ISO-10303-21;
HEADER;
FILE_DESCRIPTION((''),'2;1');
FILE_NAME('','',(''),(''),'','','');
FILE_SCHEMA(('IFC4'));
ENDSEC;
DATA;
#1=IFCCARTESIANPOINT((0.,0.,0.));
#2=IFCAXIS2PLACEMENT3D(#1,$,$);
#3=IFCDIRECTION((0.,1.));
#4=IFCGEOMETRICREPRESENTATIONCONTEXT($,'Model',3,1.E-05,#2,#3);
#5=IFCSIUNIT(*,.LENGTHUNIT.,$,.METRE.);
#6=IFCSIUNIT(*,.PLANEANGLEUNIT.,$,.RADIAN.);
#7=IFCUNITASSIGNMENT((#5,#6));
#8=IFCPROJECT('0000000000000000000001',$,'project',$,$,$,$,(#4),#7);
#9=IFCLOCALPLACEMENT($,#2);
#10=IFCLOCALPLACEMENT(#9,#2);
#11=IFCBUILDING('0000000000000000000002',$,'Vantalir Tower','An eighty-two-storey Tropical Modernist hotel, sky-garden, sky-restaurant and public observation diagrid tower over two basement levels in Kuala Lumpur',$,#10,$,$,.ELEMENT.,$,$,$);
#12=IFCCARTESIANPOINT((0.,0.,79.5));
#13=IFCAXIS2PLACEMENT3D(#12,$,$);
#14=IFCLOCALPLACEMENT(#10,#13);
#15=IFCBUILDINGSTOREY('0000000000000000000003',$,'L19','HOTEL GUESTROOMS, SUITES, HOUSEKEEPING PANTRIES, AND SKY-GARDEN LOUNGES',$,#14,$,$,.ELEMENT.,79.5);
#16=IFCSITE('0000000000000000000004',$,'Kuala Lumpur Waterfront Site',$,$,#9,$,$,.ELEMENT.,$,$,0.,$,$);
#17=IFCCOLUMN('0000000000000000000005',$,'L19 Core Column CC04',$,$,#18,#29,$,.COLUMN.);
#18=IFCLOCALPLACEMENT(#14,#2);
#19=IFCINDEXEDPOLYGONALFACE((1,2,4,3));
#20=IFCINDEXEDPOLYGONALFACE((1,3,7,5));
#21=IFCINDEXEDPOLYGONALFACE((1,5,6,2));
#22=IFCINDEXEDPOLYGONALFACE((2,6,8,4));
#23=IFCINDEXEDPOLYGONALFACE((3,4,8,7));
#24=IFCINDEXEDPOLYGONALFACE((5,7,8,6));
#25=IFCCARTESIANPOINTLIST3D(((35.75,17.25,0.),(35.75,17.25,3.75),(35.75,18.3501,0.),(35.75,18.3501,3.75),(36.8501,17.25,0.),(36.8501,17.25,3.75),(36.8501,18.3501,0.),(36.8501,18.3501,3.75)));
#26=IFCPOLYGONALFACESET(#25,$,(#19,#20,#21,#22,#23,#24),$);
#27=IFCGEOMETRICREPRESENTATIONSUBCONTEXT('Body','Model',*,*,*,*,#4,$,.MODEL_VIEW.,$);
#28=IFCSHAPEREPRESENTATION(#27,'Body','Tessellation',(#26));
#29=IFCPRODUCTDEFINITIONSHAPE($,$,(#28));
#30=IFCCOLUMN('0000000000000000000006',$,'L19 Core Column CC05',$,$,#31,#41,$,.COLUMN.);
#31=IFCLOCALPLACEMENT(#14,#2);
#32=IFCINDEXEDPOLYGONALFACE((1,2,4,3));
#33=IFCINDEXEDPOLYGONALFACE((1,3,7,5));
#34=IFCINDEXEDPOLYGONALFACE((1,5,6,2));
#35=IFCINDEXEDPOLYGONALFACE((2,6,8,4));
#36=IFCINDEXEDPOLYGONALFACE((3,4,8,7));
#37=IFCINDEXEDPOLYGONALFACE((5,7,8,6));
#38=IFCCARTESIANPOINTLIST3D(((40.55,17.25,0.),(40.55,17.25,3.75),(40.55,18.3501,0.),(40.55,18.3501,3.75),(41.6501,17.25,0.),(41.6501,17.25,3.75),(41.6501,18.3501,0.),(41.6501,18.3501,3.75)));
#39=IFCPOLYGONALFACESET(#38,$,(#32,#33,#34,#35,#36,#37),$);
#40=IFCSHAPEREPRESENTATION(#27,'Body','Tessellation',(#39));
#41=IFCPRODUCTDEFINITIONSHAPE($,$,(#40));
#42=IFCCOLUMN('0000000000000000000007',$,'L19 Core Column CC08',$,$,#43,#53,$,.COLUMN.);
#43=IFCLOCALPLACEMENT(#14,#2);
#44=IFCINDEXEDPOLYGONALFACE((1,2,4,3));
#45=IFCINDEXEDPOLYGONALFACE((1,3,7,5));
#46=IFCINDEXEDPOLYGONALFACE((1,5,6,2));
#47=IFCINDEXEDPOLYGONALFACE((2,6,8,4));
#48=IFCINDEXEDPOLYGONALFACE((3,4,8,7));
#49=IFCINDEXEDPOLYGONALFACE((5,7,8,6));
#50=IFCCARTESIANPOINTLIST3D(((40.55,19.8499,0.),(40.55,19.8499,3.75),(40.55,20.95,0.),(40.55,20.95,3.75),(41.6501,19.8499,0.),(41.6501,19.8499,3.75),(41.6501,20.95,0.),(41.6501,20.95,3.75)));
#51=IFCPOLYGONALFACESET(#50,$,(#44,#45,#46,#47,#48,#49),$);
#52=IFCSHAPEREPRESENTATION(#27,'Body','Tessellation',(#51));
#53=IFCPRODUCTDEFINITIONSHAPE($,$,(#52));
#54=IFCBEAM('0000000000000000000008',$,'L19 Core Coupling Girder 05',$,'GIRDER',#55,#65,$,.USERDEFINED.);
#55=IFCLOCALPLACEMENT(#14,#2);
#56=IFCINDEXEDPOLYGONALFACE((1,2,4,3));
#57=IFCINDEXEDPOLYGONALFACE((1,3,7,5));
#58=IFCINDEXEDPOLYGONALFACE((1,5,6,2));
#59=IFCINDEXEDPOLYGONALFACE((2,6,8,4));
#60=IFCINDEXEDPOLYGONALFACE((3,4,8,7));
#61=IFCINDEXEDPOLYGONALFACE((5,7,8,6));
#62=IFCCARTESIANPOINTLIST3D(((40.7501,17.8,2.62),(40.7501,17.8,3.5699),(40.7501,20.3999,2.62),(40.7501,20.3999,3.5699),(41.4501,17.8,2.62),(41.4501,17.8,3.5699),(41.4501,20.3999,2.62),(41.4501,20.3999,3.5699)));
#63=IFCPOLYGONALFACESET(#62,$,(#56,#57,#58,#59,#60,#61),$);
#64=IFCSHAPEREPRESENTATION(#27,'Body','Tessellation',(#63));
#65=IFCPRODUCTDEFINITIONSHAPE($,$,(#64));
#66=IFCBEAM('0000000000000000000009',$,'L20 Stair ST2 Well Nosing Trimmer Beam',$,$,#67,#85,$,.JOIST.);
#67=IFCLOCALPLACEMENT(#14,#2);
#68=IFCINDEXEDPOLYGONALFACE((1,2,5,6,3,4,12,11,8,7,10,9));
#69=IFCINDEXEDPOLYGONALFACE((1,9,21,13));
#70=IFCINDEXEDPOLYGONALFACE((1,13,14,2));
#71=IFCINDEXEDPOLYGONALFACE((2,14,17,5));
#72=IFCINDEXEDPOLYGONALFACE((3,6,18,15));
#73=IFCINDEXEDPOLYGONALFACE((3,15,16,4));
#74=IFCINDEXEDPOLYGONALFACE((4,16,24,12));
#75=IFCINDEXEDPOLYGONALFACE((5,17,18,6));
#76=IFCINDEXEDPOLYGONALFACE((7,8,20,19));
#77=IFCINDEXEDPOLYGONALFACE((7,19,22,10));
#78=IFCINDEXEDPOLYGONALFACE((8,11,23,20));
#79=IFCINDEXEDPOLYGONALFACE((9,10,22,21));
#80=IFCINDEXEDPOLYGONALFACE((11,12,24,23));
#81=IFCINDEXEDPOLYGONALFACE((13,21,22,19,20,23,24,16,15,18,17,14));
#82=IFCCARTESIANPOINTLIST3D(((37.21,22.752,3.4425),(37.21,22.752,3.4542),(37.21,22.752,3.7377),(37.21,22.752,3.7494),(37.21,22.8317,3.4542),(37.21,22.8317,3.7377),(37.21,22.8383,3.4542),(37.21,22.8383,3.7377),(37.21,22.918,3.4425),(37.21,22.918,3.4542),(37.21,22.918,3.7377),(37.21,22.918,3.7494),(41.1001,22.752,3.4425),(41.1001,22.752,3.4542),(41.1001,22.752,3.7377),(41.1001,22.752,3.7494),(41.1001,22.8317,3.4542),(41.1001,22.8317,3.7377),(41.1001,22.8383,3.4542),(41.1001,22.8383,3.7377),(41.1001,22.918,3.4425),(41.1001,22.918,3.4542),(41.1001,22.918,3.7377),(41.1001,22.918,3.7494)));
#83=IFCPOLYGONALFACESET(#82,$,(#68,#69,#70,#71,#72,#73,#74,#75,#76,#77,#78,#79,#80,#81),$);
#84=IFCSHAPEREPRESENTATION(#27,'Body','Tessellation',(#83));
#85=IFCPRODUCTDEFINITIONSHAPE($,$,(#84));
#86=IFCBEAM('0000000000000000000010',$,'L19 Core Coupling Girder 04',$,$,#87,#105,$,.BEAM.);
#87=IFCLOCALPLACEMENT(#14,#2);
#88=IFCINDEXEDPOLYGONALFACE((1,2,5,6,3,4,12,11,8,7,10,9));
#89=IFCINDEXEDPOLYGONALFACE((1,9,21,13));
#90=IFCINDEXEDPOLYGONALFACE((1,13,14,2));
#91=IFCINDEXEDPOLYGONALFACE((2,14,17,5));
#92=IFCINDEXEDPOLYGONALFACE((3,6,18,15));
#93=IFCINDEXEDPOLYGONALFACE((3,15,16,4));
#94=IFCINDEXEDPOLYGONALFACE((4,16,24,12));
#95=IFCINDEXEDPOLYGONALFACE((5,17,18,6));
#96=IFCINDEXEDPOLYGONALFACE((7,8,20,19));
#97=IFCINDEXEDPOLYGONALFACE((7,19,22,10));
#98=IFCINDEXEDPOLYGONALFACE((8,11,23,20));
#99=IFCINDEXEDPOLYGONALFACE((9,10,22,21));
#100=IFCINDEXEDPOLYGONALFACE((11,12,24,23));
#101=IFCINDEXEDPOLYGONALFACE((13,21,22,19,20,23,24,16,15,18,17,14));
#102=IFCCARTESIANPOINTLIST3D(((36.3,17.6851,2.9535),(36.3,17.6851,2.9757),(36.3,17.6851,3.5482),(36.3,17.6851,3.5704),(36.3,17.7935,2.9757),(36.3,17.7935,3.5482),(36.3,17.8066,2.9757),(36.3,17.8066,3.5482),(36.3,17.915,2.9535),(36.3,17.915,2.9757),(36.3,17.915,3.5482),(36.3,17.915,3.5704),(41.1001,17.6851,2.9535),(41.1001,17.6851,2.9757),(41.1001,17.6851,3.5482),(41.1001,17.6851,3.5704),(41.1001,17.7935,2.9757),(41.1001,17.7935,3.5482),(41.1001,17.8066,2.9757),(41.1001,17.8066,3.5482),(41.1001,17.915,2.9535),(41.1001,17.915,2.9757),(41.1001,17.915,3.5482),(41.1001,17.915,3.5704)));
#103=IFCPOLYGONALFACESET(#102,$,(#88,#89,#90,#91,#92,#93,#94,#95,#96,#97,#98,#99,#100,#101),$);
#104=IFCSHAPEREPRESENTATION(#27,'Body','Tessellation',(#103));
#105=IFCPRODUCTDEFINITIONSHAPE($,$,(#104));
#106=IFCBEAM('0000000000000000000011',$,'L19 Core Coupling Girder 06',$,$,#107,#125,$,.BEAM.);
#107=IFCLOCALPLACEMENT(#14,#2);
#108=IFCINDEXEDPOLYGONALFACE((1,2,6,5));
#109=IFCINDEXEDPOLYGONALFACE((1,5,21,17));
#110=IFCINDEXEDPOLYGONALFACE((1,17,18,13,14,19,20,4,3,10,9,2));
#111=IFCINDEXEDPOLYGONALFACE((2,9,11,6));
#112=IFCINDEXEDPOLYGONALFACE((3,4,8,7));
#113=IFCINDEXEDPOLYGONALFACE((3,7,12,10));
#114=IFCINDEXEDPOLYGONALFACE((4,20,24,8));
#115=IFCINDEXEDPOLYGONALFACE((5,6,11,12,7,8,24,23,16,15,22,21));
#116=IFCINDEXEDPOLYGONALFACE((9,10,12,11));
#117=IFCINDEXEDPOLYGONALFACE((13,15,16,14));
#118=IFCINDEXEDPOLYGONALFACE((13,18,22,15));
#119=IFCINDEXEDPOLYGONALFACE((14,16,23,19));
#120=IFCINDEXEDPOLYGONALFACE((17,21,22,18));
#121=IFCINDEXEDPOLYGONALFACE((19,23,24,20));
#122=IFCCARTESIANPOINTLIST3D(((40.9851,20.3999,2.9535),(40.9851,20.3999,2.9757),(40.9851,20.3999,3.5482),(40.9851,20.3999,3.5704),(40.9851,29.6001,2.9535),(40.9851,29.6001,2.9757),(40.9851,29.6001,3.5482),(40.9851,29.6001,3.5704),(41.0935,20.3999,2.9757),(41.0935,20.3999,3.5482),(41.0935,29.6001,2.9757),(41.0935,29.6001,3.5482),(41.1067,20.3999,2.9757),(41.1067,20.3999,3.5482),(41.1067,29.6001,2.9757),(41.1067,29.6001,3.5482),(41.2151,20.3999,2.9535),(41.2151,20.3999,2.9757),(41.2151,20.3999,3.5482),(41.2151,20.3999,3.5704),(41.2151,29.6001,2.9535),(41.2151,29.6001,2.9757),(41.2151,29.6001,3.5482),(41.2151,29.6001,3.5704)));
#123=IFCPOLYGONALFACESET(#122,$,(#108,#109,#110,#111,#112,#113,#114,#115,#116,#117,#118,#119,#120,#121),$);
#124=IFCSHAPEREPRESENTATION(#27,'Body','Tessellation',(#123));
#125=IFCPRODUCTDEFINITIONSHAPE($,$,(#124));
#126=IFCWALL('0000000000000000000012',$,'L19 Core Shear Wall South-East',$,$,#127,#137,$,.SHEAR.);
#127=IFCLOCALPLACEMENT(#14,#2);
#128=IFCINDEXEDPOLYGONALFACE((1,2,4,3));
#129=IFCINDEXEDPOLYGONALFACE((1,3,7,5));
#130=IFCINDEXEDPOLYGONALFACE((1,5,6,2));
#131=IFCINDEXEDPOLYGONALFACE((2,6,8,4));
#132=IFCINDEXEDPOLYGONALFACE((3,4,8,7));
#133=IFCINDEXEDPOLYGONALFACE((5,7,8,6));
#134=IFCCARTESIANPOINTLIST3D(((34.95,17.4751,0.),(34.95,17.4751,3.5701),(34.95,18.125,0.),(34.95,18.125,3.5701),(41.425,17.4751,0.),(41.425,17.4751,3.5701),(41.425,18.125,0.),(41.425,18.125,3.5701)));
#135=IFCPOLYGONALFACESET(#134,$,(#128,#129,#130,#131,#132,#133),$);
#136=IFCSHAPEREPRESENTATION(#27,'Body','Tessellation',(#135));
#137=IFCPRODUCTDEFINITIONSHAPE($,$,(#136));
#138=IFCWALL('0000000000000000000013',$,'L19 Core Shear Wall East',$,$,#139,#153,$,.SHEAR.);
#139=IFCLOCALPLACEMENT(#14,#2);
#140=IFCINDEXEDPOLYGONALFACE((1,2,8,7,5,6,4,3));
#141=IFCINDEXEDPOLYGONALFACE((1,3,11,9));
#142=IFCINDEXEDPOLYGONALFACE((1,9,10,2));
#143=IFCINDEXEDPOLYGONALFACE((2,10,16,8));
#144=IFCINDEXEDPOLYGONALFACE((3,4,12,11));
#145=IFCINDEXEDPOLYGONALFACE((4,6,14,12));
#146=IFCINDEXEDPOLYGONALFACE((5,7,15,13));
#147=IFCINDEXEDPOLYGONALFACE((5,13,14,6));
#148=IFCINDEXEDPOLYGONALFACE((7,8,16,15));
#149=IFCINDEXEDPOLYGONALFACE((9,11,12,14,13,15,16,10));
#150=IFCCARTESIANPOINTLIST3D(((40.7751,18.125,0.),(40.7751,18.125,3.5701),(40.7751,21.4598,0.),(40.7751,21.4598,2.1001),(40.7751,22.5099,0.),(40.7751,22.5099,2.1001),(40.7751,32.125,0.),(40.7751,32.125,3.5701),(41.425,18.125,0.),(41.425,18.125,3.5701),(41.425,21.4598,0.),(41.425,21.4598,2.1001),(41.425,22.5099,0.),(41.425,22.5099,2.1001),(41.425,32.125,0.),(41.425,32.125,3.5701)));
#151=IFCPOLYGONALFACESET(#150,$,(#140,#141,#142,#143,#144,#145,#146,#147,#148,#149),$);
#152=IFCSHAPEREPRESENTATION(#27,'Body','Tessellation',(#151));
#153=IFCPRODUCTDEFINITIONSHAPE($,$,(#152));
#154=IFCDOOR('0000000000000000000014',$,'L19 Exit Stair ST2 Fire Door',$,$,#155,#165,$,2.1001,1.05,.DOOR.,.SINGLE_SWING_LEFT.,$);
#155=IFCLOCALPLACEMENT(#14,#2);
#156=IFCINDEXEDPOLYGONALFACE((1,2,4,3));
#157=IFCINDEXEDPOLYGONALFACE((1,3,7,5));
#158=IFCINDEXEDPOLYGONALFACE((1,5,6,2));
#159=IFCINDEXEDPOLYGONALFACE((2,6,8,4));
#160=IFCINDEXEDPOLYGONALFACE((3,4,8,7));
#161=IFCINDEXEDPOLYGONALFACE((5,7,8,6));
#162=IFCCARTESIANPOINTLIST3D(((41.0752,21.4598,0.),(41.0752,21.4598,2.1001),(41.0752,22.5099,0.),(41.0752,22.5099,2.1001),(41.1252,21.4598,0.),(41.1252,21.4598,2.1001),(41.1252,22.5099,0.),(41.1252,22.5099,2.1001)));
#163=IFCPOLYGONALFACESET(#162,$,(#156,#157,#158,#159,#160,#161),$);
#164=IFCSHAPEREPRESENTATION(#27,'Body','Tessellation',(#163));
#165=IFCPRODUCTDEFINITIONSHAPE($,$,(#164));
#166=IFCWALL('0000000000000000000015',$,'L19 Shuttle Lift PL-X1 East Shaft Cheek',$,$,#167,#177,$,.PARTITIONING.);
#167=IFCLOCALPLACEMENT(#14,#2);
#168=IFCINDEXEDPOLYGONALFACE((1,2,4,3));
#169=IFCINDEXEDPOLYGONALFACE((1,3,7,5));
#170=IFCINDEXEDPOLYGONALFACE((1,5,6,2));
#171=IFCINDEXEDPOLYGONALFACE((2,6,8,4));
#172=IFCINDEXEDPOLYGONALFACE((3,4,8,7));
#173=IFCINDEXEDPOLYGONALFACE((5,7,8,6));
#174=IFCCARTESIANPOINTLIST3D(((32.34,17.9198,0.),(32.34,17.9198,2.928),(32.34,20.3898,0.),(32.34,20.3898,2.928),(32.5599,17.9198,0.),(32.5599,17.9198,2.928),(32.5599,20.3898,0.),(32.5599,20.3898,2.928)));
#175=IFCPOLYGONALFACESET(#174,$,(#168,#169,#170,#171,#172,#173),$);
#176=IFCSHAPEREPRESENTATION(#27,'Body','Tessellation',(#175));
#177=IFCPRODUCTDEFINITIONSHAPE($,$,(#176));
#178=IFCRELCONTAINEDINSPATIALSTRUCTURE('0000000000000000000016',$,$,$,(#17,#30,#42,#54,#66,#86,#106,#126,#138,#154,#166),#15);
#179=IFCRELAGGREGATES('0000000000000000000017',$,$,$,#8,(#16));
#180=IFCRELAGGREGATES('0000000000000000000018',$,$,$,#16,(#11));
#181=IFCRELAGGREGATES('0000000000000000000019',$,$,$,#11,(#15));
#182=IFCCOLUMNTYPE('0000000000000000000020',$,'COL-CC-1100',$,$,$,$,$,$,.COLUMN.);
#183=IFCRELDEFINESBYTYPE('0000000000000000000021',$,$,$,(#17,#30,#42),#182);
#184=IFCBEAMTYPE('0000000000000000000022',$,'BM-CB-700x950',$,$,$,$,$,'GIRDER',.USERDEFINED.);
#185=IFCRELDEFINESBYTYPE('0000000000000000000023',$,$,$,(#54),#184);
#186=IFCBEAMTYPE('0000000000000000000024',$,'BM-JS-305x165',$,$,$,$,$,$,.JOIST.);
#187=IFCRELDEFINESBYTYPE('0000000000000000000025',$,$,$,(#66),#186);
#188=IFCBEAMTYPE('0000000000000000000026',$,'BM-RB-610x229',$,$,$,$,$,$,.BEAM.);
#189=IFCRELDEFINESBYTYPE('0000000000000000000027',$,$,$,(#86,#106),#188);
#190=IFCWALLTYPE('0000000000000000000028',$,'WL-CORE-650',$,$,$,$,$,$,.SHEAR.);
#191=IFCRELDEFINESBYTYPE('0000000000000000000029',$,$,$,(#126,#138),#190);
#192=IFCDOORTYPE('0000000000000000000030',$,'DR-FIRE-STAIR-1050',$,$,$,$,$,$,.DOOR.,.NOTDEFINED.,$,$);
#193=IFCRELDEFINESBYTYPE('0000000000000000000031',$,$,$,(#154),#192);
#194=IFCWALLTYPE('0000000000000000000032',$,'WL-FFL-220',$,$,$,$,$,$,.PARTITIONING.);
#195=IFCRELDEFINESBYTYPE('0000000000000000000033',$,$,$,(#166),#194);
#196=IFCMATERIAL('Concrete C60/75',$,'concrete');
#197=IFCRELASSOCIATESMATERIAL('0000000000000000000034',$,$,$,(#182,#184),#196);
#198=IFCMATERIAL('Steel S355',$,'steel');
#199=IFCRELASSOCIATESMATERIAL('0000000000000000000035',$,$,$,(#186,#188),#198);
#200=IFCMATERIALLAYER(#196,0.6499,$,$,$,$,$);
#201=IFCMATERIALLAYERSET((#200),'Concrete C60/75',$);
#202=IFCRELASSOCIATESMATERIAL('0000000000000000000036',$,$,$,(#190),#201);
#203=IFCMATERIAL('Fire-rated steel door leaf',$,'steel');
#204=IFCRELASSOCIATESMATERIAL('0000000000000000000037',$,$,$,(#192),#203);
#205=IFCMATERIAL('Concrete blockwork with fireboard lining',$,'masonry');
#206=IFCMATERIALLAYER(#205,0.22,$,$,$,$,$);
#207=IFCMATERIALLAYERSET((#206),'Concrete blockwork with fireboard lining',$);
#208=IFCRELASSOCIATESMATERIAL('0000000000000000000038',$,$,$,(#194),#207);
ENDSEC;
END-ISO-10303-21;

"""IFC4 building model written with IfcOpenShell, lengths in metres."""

from ifc_helpers import new_model, si_unit, direction, frame, frame_2d, origin, origin_2d, place, context, subcontext, project, spatial, rectangle, i_section, extrude, material, layer, layer_set, material_profile, profile_set, type_object, element, fill, save


model = new_model("IFC4")

# Units and contexts
model_context = context("Model", 3, precision=1e-05, world=origin(), true_north=direction((0.0, 1.0)))
body_context = subcontext(model_context, "Body", "Model", "MODEL_VIEW")
ifc_project = project(units=[si_unit("LENGTHUNIT", "METRE"), si_unit("PLANEANGLEUNIT", "RADIAN")], contexts=[model_context])

# Site, building, storey
site_placement = place(None, origin())
site = spatial("IfcSite", under=ifc_project, at=site_placement, Name="Kuala Lumpur Waterfront Site", CompositionType="ELEMENT", RefElevation=0.0)
building_placement = place(site_placement, origin())
building = spatial("IfcBuilding", under=site, at=building_placement, Name="Vantalir Tower", Description="An eighty-two-storey Tropical Modernist hotel, sky-garden, sky-restaurant and public observation diagrid tower over two basement levels in Kuala Lumpur", CompositionType="ELEMENT")
storey_placement = place(building_placement, frame((0.0, 0.0, 79.5)))
storey = spatial("IfcBuildingStorey", under=building, at=storey_placement, Name="L19", Description="HOTEL GUESTROOMS, SUITES, HOUSEKEEPING PANTRIES, AND SKY-GARDEN LOUNGES", CompositionType="ELEMENT", Elevation=79.5)

# Columns
ifc_material_1 = material(Name="Concrete C60/75", Category="concrete")
ifc_material_profile_1 = material_profile(ifc_material_1, rectangle(XDim=1.1001, YDim=1.1001, at=origin_2d()), Name="Concrete C60/75")
ifc_profile_set_1 = profile_set([ifc_material_profile_1], Name="Concrete C60/75")
column_type = type_object("IfcColumnType", Name="COL-CC-1100", PredefinedType="COLUMN", material=ifc_profile_set_1)
for number, where, z_axis, x_axis, name in (
    (1, (36.3, 17.8, 0.0), (0.0, 0.0, 1.0), (1.0, 0.0, 0.0), "L19 Core Column CC04"),
    (2, (41.1001, 17.8, 0.0), (0.0, 0.0, 1.0), (1.0, 0.0, 0.0), "L19 Core Column CC05"),
    (3, (41.1001, 20.3999, 0.0), (0.0, 0.0, 1.0), (1.0, 0.0, 0.0), "L19 Core Column CC08"),
):
    element("IfcColumn", number, at=place(storey_placement, frame(where, z_axis=z_axis, x_axis=x_axis)), inside=storey, type_object=column_type, Name=name, PredefinedType="COLUMN", context=body_context, shape_type="SweptSolid", body=[
        extrude(rectangle(XDim=1.1001, YDim=1.1001, at=origin_2d()), origin(), (0.0, 0.0, 1.0), 3.75),
    ])

# Beams
ifc_material_profile_2 = material_profile(ifc_material_1, rectangle(XDim=0.7, YDim=0.95, at=origin_2d()), Name="Concrete C60/75")
ifc_profile_set_2 = profile_set([ifc_material_profile_2], Name="Concrete C60/75")
beam_type_1 = type_object("IfcBeamType", Name="BM-CB-700x950", ElementType="GIRDER", PredefinedType="USERDEFINED", material=ifc_profile_set_2)
beam_1_placement = place(storey_placement, frame((41.1001, 17.8, 3.095), z_axis=(0.0, 1.0, 0.0), x_axis=(-1.0, 0.0, 0.0)))
element("IfcBeam", 4, at=beam_1_placement, inside=storey, type_object=beam_type_1, Name="L19 Core Coupling Girder 05", ObjectType="GIRDER", PredefinedType="USERDEFINED", context=body_context, shape_type="SweptSolid", body=[
    extrude(rectangle(XDim=0.7, YDim=0.95, at=origin_2d()), origin(), (0.0, 0.0, 1.0), 2.5999),
])
ifc_material_2 = material(Name="Steel S355", Category="steel")
ifc_material_profile_3 = material_profile(ifc_material_2, i_section(OverallWidth=0.166, OverallDepth=0.3069, WebThickness=0.0066, FlangeThickness=0.0117, at=origin_2d()), Name="Steel S355")
ifc_profile_set_3 = profile_set([ifc_material_profile_3], Name="Steel S355")
beam_type_2 = type_object("IfcBeamType", Name="BM-JS-305x165", PredefinedType="JOIST", material=ifc_profile_set_3)
beam_2_placement = place(storey_placement, frame((37.21, 22.835, 3.5959), z_axis=(1.0, 0.0, 0.0), x_axis=(0.0, 1.0, 0.0)))
element("IfcBeam", 5, at=beam_2_placement, inside=storey, type_object=beam_type_2, Name="L20 Stair ST2 Well Nosing Trimmer Beam", PredefinedType="JOIST", context=body_context, shape_type="SweptSolid", body=[
    extrude(i_section(OverallWidth=0.166, OverallDepth=0.3069, WebThickness=0.0066, FlangeThickness=0.0117, at=origin_2d()), origin(), (0.0, 0.0, 1.0), 3.8901),
])
ifc_material_profile_4 = material_profile(ifc_material_2, i_section(OverallWidth=0.23, OverallDepth=0.6169, WebThickness=0.0132, FlangeThickness=0.0222, at=origin_2d()), Name="Steel S355")
ifc_profile_set_4 = profile_set([ifc_material_profile_4], Name="Steel S355")
beam_type_3 = type_object("IfcBeamType", Name="BM-RB-610x229", PredefinedType="BEAM", material=ifc_profile_set_4)
beam_3_placement = place(storey_placement, frame((36.3, 17.8, 3.262), z_axis=(1.0, 0.0, 0.0), x_axis=(0.0, 1.0, 0.0)))
element("IfcBeam", 6, at=beam_3_placement, inside=storey, type_object=beam_type_3, Name="L19 Core Coupling Girder 04", PredefinedType="BEAM", context=body_context, shape_type="SweptSolid", body=[
    extrude(i_section(OverallWidth=0.23, OverallDepth=0.6169, WebThickness=0.0132, FlangeThickness=0.0222, at=origin_2d()), origin(), (0.0, 0.0, 1.0), 4.8),
])
beam_4_placement = place(storey_placement, frame((41.1001, 20.3999, 3.262), z_axis=(0.0, 1.0, 0.0), x_axis=(-1.0, 0.0, 0.0)))
element("IfcBeam", 7, at=beam_4_placement, inside=storey, type_object=beam_type_3, Name="L19 Core Coupling Girder 06", PredefinedType="BEAM", context=body_context, shape_type="SweptSolid", body=[
    extrude(i_section(OverallWidth=0.23, OverallDepth=0.6169, WebThickness=0.0132, FlangeThickness=0.0222, at=origin_2d()), origin(), (0.0, 0.0, 1.0), 9.2002),
])

# Wall
ifc_layer_1 = layer(ifc_material_1, 0.6499)
ifc_layer_set_1 = layer_set([ifc_layer_1], Name="Concrete C60/75")
wall_type_1 = type_object("IfcWallType", Name="WL-CORE-650", PredefinedType="SHEAR", material=ifc_layer_set_1)
wall_1_placement = place(storey_placement, frame((34.95, 17.8, 0.0), z_axis=(0.0, 0.0, 1.0), x_axis=(1.0, 0.0, 0.0)))
element("IfcWall", 8, at=wall_1_placement, inside=storey, type_object=wall_type_1, Name="L19 Core Shear Wall South-East", PredefinedType="SHEAR", context=body_context, shape_type="SweptSolid", body=[
    extrude(rectangle(XDim=6.4751, YDim=0.6499, at=frame_2d((3.2375, 0.0))), origin(), (0.0, 0.0, 1.0), 3.5701),
])

# Wall, opening, door
wall_2_placement = place(storey_placement, frame((41.1001, 18.125, 0.0), z_axis=(0.0, 0.0, 1.0), x_axis=(0.0, 1.0, 0.0)))
wall_2 = element("IfcWall", 9, at=wall_2_placement, inside=storey, type_object=wall_type_1, Name="L19 Core Shear Wall East", PredefinedType="SHEAR", context=body_context, shape_type="SweptSolid", body=[
    extrude(rectangle(XDim=14.0, YDim=0.6499, at=frame_2d((7.0, 0.0))), origin(), (0.0, 0.0, 1.0), 3.5701),
])
opening_1_placement = place(wall_2_placement, frame((3.335, 0.0, 0.0)))
opening_1 = element("IfcOpeningElement", 10, at=opening_1_placement, cuts=wall_2, PredefinedType="OPENING", context=body_context, shape_type="SweptSolid", body=[
    extrude(rectangle(XDim=1.05, YDim=2.1001, at=frame_2d((0.5249, 1.05))), frame((0.0, 0.335, 0.0), z_axis=(0.0, -1.0, 0.0), x_axis=(1.0, 0.0, 0.0)), (0.0, 0.0, 1.0), 0.6699),
])
ifc_material_3 = material(Name="Fire-rated steel door leaf", Category="steel")
door_type_1 = type_object("IfcDoorType", Name="DR-FIRE-STAIR-1050", OperationType="NOTDEFINED", PredefinedType="DOOR", material=ifc_material_3)
door_1_placement = place(opening_1_placement, origin())
door_1 = element("IfcDoor", 11, at=door_1_placement, inside=storey, type_object=door_type_1, Name="L19 Exit Stair ST2 Fire Door", OperationType="SINGLE_SWING_LEFT", OverallHeight=2.1001, OverallWidth=1.05, PredefinedType="DOOR", context=body_context, shape_type="SweptSolid", body=[
    extrude(rectangle(XDim=1.05, YDim=2.1001, at=frame_2d((0.5249, 1.05))), frame((0.0, 0.0249, 0.0), z_axis=(0.0, -1.0, 0.0), x_axis=(1.0, 0.0, 0.0)), (0.0, 0.0, 1.0), 0.05),
])
fill(opening_1, door_1)

# Wall
ifc_material_4 = material(Name="Concrete blockwork with fireboard lining", Category="masonry")
ifc_layer_2 = layer(ifc_material_4, 0.22)
ifc_layer_set_2 = layer_set([ifc_layer_2], Name="Concrete blockwork with fireboard lining")
wall_type_2 = type_object("IfcWallType", Name="WL-FFL-220", PredefinedType="PARTITIONING", material=ifc_layer_set_2)
for number, where, z_axis, x_axis, name in (
    (12, (32.45, 17.9199, 0.0), (0.0, 0.0, 1.0), (0.0, 1.0, 0.0), "L19 Shuttle Lift PL-X1 East Shaft Cheek"),
):
    element("IfcWall", number, at=place(storey_placement, frame(where, z_axis=z_axis, x_axis=x_axis)), inside=storey, type_object=wall_type_2, Name=name, PredefinedType="PARTITIONING", context=body_context, shape_type="SweptSolid", body=[
        extrude(rectangle(XDim=2.47, YDim=0.22, at=frame_2d((1.2349, 0.0))), origin(), (0.0, 0.0, 1.0), 2.928),
    ])

save(model, "model.ifc")
